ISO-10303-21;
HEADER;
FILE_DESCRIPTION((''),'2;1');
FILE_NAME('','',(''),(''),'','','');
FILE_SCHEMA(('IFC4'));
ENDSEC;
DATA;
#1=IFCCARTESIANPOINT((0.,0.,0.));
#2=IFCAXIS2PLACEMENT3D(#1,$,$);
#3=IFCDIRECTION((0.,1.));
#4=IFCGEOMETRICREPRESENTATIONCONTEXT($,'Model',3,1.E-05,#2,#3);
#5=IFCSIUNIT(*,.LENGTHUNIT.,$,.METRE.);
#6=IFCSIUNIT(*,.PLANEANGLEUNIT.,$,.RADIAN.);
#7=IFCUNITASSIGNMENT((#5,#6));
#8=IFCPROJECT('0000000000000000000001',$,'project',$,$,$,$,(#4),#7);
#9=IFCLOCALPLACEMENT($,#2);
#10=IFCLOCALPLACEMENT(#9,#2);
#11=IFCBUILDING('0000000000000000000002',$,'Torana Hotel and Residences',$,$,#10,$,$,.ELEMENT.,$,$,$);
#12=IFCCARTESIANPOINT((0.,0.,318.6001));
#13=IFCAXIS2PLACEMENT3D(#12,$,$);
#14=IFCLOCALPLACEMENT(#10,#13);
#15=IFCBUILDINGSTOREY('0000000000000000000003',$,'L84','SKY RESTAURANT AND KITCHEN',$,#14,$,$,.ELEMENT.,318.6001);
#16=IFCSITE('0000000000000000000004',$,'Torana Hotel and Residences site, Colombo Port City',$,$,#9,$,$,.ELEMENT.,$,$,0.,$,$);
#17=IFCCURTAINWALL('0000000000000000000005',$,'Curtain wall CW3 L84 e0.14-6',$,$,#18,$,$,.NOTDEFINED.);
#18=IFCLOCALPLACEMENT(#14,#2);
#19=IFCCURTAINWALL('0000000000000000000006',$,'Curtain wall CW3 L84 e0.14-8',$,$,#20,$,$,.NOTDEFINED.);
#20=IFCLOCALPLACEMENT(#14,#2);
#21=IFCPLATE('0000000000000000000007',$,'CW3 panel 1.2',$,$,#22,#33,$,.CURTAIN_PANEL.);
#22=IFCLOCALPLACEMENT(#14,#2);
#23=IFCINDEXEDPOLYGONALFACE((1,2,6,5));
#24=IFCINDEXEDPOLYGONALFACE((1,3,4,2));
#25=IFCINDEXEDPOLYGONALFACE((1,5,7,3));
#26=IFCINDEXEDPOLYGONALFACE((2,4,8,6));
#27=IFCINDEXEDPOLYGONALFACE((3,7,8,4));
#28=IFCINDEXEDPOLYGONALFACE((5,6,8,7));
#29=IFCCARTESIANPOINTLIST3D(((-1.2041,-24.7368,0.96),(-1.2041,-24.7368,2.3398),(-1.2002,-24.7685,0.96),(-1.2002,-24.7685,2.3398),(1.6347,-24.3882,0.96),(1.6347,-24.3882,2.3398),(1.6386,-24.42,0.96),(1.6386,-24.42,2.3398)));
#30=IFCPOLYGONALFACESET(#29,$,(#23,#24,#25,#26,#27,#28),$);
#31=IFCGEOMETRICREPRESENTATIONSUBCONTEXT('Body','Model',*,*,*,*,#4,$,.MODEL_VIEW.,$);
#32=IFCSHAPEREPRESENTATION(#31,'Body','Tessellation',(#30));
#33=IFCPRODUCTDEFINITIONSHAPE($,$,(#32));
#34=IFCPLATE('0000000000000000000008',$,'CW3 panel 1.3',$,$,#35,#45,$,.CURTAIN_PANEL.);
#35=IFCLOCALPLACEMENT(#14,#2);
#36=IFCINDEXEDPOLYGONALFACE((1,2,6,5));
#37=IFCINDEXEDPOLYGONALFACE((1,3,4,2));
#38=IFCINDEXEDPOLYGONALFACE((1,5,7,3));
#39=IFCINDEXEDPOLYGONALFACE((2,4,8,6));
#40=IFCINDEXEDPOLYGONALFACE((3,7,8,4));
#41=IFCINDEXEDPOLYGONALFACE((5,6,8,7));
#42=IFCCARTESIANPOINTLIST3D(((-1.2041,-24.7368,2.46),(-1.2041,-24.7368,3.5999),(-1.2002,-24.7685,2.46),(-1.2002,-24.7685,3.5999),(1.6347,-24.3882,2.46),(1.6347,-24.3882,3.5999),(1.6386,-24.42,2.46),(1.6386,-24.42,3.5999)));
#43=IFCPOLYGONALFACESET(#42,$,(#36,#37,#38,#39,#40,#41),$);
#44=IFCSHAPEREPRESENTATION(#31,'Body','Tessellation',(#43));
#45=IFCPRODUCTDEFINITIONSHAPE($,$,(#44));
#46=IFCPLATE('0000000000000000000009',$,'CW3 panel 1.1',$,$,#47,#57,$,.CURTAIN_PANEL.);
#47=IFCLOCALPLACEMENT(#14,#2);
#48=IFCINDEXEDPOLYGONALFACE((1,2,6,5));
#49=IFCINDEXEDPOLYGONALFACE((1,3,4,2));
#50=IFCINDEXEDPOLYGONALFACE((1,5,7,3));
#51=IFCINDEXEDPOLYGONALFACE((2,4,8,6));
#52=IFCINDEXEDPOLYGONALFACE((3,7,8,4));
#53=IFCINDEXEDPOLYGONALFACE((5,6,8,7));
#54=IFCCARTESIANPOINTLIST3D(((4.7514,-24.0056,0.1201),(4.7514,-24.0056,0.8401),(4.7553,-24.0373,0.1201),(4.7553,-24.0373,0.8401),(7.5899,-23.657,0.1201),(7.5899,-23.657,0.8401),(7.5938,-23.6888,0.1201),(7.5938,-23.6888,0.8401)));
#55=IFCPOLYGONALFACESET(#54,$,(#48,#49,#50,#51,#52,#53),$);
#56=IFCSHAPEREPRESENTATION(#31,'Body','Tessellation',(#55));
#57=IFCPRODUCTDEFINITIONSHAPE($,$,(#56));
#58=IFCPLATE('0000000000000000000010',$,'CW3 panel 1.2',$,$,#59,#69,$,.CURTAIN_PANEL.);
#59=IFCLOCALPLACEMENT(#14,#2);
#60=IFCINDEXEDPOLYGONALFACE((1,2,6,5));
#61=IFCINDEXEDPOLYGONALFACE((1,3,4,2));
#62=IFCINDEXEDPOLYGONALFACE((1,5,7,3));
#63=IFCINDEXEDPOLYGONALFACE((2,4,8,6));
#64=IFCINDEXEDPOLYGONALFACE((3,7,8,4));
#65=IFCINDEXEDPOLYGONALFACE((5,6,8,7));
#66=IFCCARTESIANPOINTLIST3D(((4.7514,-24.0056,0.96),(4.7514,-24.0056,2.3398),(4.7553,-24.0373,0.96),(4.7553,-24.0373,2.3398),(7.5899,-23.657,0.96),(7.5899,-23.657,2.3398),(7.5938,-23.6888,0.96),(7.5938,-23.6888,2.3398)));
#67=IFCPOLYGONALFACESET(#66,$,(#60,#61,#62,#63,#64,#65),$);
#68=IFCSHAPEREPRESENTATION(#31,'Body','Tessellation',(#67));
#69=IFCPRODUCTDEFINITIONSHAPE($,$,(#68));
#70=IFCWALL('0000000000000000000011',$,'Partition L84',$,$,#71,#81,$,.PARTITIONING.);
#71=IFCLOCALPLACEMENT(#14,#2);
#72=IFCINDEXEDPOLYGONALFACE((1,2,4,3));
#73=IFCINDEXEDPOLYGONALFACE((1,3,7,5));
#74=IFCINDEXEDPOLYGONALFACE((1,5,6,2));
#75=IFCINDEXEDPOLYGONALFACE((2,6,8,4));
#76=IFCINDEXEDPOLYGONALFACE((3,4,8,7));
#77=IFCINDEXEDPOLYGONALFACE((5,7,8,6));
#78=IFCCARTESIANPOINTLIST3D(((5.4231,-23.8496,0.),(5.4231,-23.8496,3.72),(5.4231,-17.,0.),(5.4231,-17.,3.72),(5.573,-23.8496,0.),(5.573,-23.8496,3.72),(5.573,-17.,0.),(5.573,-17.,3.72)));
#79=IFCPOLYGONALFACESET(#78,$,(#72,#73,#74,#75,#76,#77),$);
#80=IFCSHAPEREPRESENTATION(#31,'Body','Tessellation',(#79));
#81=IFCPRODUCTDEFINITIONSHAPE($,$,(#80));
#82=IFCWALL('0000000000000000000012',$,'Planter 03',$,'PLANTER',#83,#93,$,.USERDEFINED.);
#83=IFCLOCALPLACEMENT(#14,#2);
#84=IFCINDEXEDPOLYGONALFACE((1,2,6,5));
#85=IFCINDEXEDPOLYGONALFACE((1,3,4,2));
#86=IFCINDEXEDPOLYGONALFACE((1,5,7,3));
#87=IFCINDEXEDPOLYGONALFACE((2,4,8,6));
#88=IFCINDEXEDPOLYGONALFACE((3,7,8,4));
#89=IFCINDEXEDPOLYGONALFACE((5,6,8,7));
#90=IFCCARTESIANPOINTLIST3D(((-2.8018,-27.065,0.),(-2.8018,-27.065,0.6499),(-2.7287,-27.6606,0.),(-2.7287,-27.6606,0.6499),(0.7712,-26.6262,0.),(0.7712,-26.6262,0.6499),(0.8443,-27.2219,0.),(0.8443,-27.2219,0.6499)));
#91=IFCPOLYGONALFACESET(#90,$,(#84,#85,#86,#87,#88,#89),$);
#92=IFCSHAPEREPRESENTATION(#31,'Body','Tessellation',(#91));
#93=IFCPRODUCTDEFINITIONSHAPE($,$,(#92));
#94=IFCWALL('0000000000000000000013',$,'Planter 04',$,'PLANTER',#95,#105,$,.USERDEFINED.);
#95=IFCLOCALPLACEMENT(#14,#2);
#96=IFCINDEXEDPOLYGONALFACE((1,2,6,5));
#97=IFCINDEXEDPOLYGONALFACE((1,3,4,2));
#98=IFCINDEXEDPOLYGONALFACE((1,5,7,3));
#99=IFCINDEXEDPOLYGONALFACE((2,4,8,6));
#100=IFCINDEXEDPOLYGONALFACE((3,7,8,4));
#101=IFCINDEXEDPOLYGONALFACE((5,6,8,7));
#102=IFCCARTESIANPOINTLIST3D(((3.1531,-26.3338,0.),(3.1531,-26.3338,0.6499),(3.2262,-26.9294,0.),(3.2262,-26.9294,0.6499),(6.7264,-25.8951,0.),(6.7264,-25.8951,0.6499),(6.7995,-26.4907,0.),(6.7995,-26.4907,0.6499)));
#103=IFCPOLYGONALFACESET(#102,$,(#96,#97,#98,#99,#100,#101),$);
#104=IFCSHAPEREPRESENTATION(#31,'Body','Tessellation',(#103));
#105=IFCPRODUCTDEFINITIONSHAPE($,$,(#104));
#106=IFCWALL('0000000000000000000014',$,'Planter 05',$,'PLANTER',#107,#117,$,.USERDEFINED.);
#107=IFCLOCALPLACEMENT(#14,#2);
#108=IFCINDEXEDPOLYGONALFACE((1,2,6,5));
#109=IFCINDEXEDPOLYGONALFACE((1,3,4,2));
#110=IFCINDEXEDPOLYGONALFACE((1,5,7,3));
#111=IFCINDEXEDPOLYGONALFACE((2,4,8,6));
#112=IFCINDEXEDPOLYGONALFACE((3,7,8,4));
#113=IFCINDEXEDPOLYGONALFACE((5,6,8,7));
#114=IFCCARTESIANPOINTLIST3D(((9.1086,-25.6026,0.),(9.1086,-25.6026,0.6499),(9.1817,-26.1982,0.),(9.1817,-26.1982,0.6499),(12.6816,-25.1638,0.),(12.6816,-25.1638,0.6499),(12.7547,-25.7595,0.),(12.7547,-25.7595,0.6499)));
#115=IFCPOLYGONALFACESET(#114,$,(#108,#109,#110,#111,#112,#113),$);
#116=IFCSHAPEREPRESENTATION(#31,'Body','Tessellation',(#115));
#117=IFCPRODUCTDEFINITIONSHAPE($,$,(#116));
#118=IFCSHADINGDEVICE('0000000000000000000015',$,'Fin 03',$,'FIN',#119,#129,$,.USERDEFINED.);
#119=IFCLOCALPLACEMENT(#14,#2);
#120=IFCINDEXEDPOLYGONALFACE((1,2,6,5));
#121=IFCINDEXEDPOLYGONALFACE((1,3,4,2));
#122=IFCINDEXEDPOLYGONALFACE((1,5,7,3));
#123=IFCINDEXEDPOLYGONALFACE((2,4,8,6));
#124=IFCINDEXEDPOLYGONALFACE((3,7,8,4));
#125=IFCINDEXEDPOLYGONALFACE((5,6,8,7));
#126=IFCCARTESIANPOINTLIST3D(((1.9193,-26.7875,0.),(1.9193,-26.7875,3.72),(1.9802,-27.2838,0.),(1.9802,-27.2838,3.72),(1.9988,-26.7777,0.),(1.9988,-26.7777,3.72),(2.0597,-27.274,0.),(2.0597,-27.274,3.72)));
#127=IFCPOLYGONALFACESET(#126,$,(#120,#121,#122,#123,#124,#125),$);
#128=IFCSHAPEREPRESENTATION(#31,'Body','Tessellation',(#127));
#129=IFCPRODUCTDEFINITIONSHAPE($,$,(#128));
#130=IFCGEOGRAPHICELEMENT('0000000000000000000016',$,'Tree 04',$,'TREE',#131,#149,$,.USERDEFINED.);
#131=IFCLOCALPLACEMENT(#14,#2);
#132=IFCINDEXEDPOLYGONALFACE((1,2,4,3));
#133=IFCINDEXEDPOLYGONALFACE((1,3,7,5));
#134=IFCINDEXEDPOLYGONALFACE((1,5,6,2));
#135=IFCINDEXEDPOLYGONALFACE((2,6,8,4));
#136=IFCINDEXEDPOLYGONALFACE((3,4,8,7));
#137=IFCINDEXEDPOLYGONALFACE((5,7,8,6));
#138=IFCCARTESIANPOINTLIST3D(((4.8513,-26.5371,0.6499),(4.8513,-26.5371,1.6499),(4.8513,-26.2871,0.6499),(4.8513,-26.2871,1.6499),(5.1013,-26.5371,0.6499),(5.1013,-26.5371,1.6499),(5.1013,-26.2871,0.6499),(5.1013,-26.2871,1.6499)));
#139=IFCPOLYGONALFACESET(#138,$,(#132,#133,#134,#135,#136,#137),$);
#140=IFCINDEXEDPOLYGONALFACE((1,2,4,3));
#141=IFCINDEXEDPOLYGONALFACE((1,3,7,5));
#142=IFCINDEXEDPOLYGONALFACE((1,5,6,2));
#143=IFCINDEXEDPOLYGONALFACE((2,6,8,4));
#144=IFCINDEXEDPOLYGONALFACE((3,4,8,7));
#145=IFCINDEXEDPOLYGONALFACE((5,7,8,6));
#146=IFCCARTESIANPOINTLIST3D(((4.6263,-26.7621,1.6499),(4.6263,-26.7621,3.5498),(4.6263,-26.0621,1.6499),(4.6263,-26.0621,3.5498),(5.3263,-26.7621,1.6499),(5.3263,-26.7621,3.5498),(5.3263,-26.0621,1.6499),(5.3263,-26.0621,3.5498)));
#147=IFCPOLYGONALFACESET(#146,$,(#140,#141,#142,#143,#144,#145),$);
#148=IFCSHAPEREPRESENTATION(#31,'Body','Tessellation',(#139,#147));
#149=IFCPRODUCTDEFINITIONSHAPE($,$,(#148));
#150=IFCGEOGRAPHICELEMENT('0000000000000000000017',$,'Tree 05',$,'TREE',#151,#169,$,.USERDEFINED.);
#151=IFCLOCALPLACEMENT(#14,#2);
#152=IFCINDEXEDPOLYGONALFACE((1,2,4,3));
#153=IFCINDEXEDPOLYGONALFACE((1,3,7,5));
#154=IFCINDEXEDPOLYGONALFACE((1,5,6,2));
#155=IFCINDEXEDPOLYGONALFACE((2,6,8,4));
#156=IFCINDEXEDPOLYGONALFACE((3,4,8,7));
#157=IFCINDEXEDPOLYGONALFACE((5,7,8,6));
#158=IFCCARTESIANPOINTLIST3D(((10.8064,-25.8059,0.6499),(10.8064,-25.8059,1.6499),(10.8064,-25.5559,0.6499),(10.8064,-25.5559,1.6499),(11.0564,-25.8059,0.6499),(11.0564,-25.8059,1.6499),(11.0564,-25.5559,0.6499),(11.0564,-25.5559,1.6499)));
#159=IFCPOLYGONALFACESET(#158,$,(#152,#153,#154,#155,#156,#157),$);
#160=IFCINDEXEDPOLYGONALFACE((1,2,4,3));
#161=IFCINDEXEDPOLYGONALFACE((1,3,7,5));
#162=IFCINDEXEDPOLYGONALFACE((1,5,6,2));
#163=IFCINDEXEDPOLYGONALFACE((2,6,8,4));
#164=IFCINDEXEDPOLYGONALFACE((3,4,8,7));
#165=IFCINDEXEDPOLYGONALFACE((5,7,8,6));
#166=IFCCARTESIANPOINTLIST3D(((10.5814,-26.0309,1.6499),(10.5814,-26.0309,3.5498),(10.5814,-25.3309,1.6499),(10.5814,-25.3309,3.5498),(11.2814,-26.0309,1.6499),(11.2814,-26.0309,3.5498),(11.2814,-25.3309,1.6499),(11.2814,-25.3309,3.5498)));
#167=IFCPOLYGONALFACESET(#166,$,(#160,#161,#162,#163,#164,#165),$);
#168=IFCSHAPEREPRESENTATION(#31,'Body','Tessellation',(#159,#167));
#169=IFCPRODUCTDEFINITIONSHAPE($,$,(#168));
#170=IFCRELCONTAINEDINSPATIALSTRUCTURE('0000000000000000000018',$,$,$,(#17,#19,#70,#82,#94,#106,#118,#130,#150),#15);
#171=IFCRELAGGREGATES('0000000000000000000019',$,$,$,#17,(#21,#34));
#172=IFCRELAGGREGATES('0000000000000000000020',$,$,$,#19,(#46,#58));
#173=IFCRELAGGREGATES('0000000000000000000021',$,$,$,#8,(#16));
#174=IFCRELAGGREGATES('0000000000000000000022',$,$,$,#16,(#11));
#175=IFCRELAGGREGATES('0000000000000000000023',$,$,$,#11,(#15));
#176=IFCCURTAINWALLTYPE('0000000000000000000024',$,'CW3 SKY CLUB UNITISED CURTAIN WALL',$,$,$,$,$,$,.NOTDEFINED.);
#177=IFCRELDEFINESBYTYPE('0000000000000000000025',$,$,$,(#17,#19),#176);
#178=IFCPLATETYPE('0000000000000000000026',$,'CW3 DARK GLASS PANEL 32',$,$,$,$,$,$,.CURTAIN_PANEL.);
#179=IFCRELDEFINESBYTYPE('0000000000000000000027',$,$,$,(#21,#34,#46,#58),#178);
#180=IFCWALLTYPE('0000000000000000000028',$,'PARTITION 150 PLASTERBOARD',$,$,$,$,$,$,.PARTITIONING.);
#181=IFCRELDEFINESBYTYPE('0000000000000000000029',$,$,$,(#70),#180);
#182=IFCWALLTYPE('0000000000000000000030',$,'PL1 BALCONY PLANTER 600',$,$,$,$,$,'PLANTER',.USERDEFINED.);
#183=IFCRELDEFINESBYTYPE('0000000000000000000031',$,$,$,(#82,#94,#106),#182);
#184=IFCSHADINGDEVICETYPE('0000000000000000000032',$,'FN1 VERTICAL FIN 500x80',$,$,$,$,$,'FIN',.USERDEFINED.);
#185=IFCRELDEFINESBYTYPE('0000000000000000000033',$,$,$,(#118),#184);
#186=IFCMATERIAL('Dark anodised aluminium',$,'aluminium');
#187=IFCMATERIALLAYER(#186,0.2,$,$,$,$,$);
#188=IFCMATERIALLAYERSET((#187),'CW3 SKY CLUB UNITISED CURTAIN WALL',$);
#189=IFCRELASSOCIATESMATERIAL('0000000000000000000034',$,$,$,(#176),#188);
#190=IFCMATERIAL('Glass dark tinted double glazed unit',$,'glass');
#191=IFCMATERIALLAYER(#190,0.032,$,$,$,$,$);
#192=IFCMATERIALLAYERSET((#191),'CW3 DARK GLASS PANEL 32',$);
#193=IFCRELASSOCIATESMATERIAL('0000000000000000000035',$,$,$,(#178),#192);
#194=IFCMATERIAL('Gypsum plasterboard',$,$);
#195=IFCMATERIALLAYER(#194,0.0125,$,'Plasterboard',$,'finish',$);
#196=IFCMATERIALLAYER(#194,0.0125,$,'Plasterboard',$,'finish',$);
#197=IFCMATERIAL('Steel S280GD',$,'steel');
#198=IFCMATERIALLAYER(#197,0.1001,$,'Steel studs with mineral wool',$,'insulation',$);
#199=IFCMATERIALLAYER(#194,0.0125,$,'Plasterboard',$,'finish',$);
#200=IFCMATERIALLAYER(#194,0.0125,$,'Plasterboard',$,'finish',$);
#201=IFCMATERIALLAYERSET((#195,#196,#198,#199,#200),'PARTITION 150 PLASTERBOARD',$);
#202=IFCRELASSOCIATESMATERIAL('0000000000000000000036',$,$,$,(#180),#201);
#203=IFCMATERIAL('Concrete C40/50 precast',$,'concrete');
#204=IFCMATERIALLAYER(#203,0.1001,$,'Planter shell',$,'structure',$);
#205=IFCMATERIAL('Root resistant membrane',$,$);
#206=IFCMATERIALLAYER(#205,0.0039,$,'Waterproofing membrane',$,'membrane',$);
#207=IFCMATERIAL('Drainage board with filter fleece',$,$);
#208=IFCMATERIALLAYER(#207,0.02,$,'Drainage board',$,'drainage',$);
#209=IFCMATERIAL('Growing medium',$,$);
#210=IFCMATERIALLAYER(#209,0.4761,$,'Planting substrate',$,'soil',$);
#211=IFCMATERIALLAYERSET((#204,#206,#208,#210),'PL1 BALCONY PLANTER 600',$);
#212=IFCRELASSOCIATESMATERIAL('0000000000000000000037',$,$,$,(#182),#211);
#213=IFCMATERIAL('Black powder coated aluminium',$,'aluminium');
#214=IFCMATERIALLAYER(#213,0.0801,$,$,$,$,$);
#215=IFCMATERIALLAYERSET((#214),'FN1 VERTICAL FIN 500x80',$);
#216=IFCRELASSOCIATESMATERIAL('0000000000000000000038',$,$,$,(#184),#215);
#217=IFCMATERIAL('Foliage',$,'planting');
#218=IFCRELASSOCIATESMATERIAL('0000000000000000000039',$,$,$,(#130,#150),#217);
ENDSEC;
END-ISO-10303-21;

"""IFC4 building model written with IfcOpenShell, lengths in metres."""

from ifc_helpers import new_model, si_unit, direction, frame, frame_2d, origin, origin_2d, place, context, subcontext, project, spatial, rectangle, extrude, material, layer, layer_set, type_object, element, aggregate, save


model = new_model("IFC4")

# Units and contexts
model_context = context("Model", 3, precision=1e-05, world=origin(), true_north=direction((0.0, 1.0)))
body_context = subcontext(model_context, "Body", "Model", "MODEL_VIEW")
ifc_project = project(units=[si_unit("LENGTHUNIT", "METRE"), si_unit("PLANEANGLEUNIT", "RADIAN")], contexts=[model_context])

# Site, building, storey
site_placement = place(None, origin())
site = spatial("IfcSite", under=ifc_project, at=site_placement, Name="Torana Hotel and Residences site, Colombo Port City", CompositionType="ELEMENT", RefElevation=0.0)
building_placement = place(site_placement, origin())
building = spatial("IfcBuilding", under=site, at=building_placement, Name="Torana Hotel and Residences", CompositionType="ELEMENT")
storey_placement = place(building_placement, frame((0.0, 0.0, 318.6001)))
storey = spatial("IfcBuildingStorey", under=building, at=storey_placement, Name="L84", Description="SKY RESTAURANT AND KITCHEN", CompositionType="ELEMENT", Elevation=318.6001)

# Curtain wall
ifc_material_1 = material(Name="Dark anodised aluminium", Category="aluminium")
ifc_layer_1 = layer(ifc_material_1, 0.2)
ifc_layer_set_1 = layer_set([ifc_layer_1], Name="CW3 SKY CLUB UNITISED CURTAIN WALL")
curtain_wall_type = type_object("IfcCurtainWallType", Name="CW3 SKY CLUB UNITISED CURTAIN WALL", PredefinedType="NOTDEFINED", material=ifc_layer_set_1)
curtain_wall_1_placement = place(storey_placement, origin())
curtain_wall_1 = element("IfcCurtainWall", 1, at=curtain_wall_1_placement, inside=storey, type_object=curtain_wall_type, Name="Curtain wall CW3 L84 e0.14-6", PredefinedType="NOTDEFINED")

# Curtain wall
curtain_wall_2_placement = place(storey_placement, origin())
curtain_wall_2 = element("IfcCurtainWall", 2, at=curtain_wall_2_placement, inside=storey, type_object=curtain_wall_type, Name="Curtain wall CW3 L84 e0.14-8", PredefinedType="NOTDEFINED")

# Plates
ifc_material_2 = material(Name="Glass dark tinted double glazed unit", Category="glass")
ifc_layer_2 = layer(ifc_material_2, 0.032)
ifc_layer_set_2 = layer_set([ifc_layer_2], Name="CW3 DARK GLASS PANEL 32")
plate_type = type_object("IfcPlateType", Name="CW3 DARK GLASS PANEL 32", PredefinedType="CURTAIN_PANEL", material=ifc_layer_set_2)
plate_1_placement = place(storey_placement, frame((0.2173, -24.5784, 0.96), z_axis=(0.0, 0.0, 1.0), x_axis=(0.992547, 0.121864, 0.0)))
plate_1 = element("IfcPlate", 3, at=plate_1_placement, type_object=plate_type, Name="CW3 panel 1.2", PredefinedType="CURTAIN_PANEL", context=body_context, shape_type="SweptSolid", body=[
    extrude(rectangle(XDim=2.8601, YDim=0.032, at=origin_2d()), origin(), (0.0, 0.0, 1.0), 1.3799),
])
plate_2_placement = place(storey_placement, frame((0.2173, -24.5784, 2.46), z_axis=(0.0, 0.0, 1.0), x_axis=(0.992547, 0.121864, 0.0)))
plate_2 = element("IfcPlate", 4, at=plate_2_placement, type_object=plate_type, Name="CW3 panel 1.3", PredefinedType="CURTAIN_PANEL", context=body_context, shape_type="SweptSolid", body=[
    extrude(rectangle(XDim=2.8601, YDim=0.032, at=origin_2d()), origin(), (0.0, 0.0, 1.0), 1.1399),
])
aggregate(curtain_wall_1, [plate_1, plate_2])
plate_3_placement = place(storey_placement, frame((6.1726, -23.8472, 0.1201), z_axis=(0.0, 0.0, 1.0), x_axis=(0.992546, 0.121868, 0.0)))
plate_3 = element("IfcPlate", 5, at=plate_3_placement, type_object=plate_type, Name="CW3 panel 1.1", PredefinedType="CURTAIN_PANEL", context=body_context, shape_type="SweptSolid", body=[
    extrude(rectangle(XDim=2.8599, YDim=0.032, at=origin_2d()), origin(), (0.0, 0.0, 1.0), 0.72),
])
plate_4_placement = place(storey_placement, frame((6.1726, -23.8472, 0.96), z_axis=(0.0, 0.0, 1.0), x_axis=(0.992546, 0.121868, 0.0)))
plate_4 = element("IfcPlate", 6, at=plate_4_placement, type_object=plate_type, Name="CW3 panel 1.2", PredefinedType="CURTAIN_PANEL", context=body_context, shape_type="SweptSolid", body=[
    extrude(rectangle(XDim=2.8599, YDim=0.032, at=origin_2d()), origin(), (0.0, 0.0, 1.0), 1.3799),
])
aggregate(curtain_wall_2, [plate_3, plate_4])

# Walls
ifc_material_3 = material(Name="Gypsum plasterboard")
ifc_layer_3 = layer(ifc_material_3, 0.0125, Name="Plasterboard", Category="finish")
ifc_layer_4 = layer(ifc_material_3, 0.0125, Name="Plasterboard", Category="finish")
ifc_material_4 = material(Name="Steel S280GD", Category="steel")
ifc_layer_5 = layer(ifc_material_4, 0.1001, Name="Steel studs with mineral wool", Category="insulation")
ifc_layer_6 = layer(ifc_material_3, 0.0125, Name="Plasterboard", Category="finish")
ifc_layer_7 = layer(ifc_material_3, 0.0125, Name="Plasterboard", Category="finish")
ifc_layer_set_3 = layer_set([ifc_layer_3, ifc_layer_4, ifc_layer_5, ifc_layer_6, ifc_layer_7], Name="PARTITION 150 PLASTERBOARD")
wall_type_1 = type_object("IfcWallType", Name="PARTITION 150 PLASTERBOARD", PredefinedType="PARTITIONING", material=ifc_layer_set_3)
wall_1_placement = place(storey_placement, frame((5.498, -23.8496, 0.0), z_axis=(0.0, 0.0, 1.0), x_axis=(0.0, 1.0, 0.0)))
element("IfcWall", 7, at=wall_1_placement, inside=storey, type_object=wall_type_1, Name="Partition L84", PredefinedType="PARTITIONING", context=body_context, shape_type="SweptSolid", body=[
    extrude(rectangle(XDim=6.8496, YDim=0.1499, at=frame_2d((3.4248, 0.0))), origin(), (0.0, 0.0, 1.0), 3.72),
])
ifc_material_5 = material(Name="Concrete C40/50 precast", Category="concrete")
ifc_layer_8 = layer(ifc_material_5, 0.1001, Name="Planter shell", Category="structure")
ifc_material_6 = material(Name="Root resistant membrane")
ifc_layer_9 = layer(ifc_material_6, 0.0039, Name="Waterproofing membrane", Category="membrane")
ifc_material_7 = material(Name="Drainage board with filter fleece")
ifc_layer_10 = layer(ifc_material_7, 0.02, Name="Drainage board", Category="drainage")
ifc_material_8 = material(Name="Growing medium")
ifc_layer_11 = layer(ifc_material_8, 0.4761, Name="Planting substrate", Category="soil")
ifc_layer_set_4 = layer_set([ifc_layer_8, ifc_layer_9, ifc_layer_10, ifc_layer_11], Name="PL1 BALCONY PLANTER 600")
wall_type_2 = type_object("IfcWallType", Name="PL1 BALCONY PLANTER 600", ElementType="PLANTER", PredefinedType="USERDEFINED", material=ifc_layer_set_4)
wall_2_placement = place(storey_placement, frame((0.8076, -26.9241, 0.0), z_axis=(0.0, 0.0, 1.0), x_axis=(-0.992546, -0.121873, 0.0)))
element("IfcWall", 8, at=wall_2_placement, inside=storey, type_object=wall_type_2, Name="Planter 03", ObjectType="PLANTER", PredefinedType="USERDEFINED", context=body_context, shape_type="SweptSolid", body=[
    extrude(rectangle(XDim=3.5999, YDim=0.6001, at=frame_2d((1.7998, 0.0))), origin(), (0.0, 0.0, 1.0), 0.6499),
])
wall_3_placement = place(storey_placement, frame((6.7629, -26.1929, 0.0), z_axis=(0.0, 0.0, 1.0), x_axis=(-0.992547, -0.121864, 0.0)))
element("IfcWall", 9, at=wall_3_placement, inside=storey, type_object=wall_type_2, Name="Planter 04", ObjectType="PLANTER", PredefinedType="USERDEFINED", context=body_context, shape_type="SweptSolid", body=[
    extrude(rectangle(XDim=3.6001, YDim=0.6001, at=frame_2d((1.8, 0.0))), origin(), (0.0, 0.0, 1.0), 0.6499),
])
wall_4_placement = place(storey_placement, frame((12.718, -25.4617, 0.0), z_axis=(0.0, 0.0, 1.0), x_axis=(-0.992546, -0.121873, 0.0)))
element("IfcWall", 10, at=wall_4_placement, inside=storey, type_object=wall_type_2, Name="Planter 05", ObjectType="PLANTER", PredefinedType="USERDEFINED", context=body_context, shape_type="SweptSolid", body=[
    extrude(rectangle(XDim=3.5999, YDim=0.6001, at=frame_2d((1.7998, 0.0))), origin(), (0.0, 0.0, 1.0), 0.6499),
])

# Shading device
ifc_material_9 = material(Name="Black powder coated aluminium", Category="aluminium")
ifc_layer_12 = layer(ifc_material_9, 0.0801)
ifc_layer_set_5 = layer_set([ifc_layer_12], Name="FN1 VERTICAL FIN 500x80")
shading_device_type = type_object("IfcShadingDeviceType", Name="FN1 VERTICAL FIN 500x80", ElementType="FIN", PredefinedType="USERDEFINED", material=ifc_layer_set_5)
shading_device_placement = place(storey_placement, frame((1.9895, -27.0308, 0.0), z_axis=(0.0, 0.0, 1.0), x_axis=(-0.992547, -0.121866, 0.0)))
element("IfcShadingDevice", 11, at=shading_device_placement, inside=storey, type_object=shading_device_type, Name="Fin 03", ObjectType="FIN", PredefinedType="USERDEFINED", context=body_context, shape_type="SweptSolid", body=[
    extrude(rectangle(XDim=0.0801, YDim=0.5, at=origin_2d()), origin(), (0.0, 0.0, 1.0), 3.72),
])

# Geographic elements
ifc_material_10 = material(Name="Foliage", Category="planting")
for number, where, z_axis, x_axis, name in (
    (12, (4.9763, -26.4121, 0.6499), (0.0, 0.0, 1.0), (1.0, 0.0, 0.0), "Tree 04"),
    (13, (10.9314, -25.6809, 0.6499), (0.0, 0.0, 1.0), (1.0, 0.0, 0.0), "Tree 05"),
):
    element("IfcGeographicElement", number, at=place(storey_placement, frame(where, z_axis=z_axis, x_axis=x_axis)), inside=storey, material=ifc_material_10, Name=name, ObjectType="TREE", PredefinedType="USERDEFINED", context=body_context, shape_type="SweptSolid", body=[
        extrude(rectangle(XDim=0.25, YDim=0.25, at=origin_2d()), origin(), (0.0, 0.0, 1.0), 1.0),
        extrude(rectangle(XDim=0.7, YDim=0.7, at=origin_2d()), frame((0.0, 0.0, 1.0)), (0.0, 0.0, 1.0), 1.8999),
    ])

save(model, "model.ifc")
